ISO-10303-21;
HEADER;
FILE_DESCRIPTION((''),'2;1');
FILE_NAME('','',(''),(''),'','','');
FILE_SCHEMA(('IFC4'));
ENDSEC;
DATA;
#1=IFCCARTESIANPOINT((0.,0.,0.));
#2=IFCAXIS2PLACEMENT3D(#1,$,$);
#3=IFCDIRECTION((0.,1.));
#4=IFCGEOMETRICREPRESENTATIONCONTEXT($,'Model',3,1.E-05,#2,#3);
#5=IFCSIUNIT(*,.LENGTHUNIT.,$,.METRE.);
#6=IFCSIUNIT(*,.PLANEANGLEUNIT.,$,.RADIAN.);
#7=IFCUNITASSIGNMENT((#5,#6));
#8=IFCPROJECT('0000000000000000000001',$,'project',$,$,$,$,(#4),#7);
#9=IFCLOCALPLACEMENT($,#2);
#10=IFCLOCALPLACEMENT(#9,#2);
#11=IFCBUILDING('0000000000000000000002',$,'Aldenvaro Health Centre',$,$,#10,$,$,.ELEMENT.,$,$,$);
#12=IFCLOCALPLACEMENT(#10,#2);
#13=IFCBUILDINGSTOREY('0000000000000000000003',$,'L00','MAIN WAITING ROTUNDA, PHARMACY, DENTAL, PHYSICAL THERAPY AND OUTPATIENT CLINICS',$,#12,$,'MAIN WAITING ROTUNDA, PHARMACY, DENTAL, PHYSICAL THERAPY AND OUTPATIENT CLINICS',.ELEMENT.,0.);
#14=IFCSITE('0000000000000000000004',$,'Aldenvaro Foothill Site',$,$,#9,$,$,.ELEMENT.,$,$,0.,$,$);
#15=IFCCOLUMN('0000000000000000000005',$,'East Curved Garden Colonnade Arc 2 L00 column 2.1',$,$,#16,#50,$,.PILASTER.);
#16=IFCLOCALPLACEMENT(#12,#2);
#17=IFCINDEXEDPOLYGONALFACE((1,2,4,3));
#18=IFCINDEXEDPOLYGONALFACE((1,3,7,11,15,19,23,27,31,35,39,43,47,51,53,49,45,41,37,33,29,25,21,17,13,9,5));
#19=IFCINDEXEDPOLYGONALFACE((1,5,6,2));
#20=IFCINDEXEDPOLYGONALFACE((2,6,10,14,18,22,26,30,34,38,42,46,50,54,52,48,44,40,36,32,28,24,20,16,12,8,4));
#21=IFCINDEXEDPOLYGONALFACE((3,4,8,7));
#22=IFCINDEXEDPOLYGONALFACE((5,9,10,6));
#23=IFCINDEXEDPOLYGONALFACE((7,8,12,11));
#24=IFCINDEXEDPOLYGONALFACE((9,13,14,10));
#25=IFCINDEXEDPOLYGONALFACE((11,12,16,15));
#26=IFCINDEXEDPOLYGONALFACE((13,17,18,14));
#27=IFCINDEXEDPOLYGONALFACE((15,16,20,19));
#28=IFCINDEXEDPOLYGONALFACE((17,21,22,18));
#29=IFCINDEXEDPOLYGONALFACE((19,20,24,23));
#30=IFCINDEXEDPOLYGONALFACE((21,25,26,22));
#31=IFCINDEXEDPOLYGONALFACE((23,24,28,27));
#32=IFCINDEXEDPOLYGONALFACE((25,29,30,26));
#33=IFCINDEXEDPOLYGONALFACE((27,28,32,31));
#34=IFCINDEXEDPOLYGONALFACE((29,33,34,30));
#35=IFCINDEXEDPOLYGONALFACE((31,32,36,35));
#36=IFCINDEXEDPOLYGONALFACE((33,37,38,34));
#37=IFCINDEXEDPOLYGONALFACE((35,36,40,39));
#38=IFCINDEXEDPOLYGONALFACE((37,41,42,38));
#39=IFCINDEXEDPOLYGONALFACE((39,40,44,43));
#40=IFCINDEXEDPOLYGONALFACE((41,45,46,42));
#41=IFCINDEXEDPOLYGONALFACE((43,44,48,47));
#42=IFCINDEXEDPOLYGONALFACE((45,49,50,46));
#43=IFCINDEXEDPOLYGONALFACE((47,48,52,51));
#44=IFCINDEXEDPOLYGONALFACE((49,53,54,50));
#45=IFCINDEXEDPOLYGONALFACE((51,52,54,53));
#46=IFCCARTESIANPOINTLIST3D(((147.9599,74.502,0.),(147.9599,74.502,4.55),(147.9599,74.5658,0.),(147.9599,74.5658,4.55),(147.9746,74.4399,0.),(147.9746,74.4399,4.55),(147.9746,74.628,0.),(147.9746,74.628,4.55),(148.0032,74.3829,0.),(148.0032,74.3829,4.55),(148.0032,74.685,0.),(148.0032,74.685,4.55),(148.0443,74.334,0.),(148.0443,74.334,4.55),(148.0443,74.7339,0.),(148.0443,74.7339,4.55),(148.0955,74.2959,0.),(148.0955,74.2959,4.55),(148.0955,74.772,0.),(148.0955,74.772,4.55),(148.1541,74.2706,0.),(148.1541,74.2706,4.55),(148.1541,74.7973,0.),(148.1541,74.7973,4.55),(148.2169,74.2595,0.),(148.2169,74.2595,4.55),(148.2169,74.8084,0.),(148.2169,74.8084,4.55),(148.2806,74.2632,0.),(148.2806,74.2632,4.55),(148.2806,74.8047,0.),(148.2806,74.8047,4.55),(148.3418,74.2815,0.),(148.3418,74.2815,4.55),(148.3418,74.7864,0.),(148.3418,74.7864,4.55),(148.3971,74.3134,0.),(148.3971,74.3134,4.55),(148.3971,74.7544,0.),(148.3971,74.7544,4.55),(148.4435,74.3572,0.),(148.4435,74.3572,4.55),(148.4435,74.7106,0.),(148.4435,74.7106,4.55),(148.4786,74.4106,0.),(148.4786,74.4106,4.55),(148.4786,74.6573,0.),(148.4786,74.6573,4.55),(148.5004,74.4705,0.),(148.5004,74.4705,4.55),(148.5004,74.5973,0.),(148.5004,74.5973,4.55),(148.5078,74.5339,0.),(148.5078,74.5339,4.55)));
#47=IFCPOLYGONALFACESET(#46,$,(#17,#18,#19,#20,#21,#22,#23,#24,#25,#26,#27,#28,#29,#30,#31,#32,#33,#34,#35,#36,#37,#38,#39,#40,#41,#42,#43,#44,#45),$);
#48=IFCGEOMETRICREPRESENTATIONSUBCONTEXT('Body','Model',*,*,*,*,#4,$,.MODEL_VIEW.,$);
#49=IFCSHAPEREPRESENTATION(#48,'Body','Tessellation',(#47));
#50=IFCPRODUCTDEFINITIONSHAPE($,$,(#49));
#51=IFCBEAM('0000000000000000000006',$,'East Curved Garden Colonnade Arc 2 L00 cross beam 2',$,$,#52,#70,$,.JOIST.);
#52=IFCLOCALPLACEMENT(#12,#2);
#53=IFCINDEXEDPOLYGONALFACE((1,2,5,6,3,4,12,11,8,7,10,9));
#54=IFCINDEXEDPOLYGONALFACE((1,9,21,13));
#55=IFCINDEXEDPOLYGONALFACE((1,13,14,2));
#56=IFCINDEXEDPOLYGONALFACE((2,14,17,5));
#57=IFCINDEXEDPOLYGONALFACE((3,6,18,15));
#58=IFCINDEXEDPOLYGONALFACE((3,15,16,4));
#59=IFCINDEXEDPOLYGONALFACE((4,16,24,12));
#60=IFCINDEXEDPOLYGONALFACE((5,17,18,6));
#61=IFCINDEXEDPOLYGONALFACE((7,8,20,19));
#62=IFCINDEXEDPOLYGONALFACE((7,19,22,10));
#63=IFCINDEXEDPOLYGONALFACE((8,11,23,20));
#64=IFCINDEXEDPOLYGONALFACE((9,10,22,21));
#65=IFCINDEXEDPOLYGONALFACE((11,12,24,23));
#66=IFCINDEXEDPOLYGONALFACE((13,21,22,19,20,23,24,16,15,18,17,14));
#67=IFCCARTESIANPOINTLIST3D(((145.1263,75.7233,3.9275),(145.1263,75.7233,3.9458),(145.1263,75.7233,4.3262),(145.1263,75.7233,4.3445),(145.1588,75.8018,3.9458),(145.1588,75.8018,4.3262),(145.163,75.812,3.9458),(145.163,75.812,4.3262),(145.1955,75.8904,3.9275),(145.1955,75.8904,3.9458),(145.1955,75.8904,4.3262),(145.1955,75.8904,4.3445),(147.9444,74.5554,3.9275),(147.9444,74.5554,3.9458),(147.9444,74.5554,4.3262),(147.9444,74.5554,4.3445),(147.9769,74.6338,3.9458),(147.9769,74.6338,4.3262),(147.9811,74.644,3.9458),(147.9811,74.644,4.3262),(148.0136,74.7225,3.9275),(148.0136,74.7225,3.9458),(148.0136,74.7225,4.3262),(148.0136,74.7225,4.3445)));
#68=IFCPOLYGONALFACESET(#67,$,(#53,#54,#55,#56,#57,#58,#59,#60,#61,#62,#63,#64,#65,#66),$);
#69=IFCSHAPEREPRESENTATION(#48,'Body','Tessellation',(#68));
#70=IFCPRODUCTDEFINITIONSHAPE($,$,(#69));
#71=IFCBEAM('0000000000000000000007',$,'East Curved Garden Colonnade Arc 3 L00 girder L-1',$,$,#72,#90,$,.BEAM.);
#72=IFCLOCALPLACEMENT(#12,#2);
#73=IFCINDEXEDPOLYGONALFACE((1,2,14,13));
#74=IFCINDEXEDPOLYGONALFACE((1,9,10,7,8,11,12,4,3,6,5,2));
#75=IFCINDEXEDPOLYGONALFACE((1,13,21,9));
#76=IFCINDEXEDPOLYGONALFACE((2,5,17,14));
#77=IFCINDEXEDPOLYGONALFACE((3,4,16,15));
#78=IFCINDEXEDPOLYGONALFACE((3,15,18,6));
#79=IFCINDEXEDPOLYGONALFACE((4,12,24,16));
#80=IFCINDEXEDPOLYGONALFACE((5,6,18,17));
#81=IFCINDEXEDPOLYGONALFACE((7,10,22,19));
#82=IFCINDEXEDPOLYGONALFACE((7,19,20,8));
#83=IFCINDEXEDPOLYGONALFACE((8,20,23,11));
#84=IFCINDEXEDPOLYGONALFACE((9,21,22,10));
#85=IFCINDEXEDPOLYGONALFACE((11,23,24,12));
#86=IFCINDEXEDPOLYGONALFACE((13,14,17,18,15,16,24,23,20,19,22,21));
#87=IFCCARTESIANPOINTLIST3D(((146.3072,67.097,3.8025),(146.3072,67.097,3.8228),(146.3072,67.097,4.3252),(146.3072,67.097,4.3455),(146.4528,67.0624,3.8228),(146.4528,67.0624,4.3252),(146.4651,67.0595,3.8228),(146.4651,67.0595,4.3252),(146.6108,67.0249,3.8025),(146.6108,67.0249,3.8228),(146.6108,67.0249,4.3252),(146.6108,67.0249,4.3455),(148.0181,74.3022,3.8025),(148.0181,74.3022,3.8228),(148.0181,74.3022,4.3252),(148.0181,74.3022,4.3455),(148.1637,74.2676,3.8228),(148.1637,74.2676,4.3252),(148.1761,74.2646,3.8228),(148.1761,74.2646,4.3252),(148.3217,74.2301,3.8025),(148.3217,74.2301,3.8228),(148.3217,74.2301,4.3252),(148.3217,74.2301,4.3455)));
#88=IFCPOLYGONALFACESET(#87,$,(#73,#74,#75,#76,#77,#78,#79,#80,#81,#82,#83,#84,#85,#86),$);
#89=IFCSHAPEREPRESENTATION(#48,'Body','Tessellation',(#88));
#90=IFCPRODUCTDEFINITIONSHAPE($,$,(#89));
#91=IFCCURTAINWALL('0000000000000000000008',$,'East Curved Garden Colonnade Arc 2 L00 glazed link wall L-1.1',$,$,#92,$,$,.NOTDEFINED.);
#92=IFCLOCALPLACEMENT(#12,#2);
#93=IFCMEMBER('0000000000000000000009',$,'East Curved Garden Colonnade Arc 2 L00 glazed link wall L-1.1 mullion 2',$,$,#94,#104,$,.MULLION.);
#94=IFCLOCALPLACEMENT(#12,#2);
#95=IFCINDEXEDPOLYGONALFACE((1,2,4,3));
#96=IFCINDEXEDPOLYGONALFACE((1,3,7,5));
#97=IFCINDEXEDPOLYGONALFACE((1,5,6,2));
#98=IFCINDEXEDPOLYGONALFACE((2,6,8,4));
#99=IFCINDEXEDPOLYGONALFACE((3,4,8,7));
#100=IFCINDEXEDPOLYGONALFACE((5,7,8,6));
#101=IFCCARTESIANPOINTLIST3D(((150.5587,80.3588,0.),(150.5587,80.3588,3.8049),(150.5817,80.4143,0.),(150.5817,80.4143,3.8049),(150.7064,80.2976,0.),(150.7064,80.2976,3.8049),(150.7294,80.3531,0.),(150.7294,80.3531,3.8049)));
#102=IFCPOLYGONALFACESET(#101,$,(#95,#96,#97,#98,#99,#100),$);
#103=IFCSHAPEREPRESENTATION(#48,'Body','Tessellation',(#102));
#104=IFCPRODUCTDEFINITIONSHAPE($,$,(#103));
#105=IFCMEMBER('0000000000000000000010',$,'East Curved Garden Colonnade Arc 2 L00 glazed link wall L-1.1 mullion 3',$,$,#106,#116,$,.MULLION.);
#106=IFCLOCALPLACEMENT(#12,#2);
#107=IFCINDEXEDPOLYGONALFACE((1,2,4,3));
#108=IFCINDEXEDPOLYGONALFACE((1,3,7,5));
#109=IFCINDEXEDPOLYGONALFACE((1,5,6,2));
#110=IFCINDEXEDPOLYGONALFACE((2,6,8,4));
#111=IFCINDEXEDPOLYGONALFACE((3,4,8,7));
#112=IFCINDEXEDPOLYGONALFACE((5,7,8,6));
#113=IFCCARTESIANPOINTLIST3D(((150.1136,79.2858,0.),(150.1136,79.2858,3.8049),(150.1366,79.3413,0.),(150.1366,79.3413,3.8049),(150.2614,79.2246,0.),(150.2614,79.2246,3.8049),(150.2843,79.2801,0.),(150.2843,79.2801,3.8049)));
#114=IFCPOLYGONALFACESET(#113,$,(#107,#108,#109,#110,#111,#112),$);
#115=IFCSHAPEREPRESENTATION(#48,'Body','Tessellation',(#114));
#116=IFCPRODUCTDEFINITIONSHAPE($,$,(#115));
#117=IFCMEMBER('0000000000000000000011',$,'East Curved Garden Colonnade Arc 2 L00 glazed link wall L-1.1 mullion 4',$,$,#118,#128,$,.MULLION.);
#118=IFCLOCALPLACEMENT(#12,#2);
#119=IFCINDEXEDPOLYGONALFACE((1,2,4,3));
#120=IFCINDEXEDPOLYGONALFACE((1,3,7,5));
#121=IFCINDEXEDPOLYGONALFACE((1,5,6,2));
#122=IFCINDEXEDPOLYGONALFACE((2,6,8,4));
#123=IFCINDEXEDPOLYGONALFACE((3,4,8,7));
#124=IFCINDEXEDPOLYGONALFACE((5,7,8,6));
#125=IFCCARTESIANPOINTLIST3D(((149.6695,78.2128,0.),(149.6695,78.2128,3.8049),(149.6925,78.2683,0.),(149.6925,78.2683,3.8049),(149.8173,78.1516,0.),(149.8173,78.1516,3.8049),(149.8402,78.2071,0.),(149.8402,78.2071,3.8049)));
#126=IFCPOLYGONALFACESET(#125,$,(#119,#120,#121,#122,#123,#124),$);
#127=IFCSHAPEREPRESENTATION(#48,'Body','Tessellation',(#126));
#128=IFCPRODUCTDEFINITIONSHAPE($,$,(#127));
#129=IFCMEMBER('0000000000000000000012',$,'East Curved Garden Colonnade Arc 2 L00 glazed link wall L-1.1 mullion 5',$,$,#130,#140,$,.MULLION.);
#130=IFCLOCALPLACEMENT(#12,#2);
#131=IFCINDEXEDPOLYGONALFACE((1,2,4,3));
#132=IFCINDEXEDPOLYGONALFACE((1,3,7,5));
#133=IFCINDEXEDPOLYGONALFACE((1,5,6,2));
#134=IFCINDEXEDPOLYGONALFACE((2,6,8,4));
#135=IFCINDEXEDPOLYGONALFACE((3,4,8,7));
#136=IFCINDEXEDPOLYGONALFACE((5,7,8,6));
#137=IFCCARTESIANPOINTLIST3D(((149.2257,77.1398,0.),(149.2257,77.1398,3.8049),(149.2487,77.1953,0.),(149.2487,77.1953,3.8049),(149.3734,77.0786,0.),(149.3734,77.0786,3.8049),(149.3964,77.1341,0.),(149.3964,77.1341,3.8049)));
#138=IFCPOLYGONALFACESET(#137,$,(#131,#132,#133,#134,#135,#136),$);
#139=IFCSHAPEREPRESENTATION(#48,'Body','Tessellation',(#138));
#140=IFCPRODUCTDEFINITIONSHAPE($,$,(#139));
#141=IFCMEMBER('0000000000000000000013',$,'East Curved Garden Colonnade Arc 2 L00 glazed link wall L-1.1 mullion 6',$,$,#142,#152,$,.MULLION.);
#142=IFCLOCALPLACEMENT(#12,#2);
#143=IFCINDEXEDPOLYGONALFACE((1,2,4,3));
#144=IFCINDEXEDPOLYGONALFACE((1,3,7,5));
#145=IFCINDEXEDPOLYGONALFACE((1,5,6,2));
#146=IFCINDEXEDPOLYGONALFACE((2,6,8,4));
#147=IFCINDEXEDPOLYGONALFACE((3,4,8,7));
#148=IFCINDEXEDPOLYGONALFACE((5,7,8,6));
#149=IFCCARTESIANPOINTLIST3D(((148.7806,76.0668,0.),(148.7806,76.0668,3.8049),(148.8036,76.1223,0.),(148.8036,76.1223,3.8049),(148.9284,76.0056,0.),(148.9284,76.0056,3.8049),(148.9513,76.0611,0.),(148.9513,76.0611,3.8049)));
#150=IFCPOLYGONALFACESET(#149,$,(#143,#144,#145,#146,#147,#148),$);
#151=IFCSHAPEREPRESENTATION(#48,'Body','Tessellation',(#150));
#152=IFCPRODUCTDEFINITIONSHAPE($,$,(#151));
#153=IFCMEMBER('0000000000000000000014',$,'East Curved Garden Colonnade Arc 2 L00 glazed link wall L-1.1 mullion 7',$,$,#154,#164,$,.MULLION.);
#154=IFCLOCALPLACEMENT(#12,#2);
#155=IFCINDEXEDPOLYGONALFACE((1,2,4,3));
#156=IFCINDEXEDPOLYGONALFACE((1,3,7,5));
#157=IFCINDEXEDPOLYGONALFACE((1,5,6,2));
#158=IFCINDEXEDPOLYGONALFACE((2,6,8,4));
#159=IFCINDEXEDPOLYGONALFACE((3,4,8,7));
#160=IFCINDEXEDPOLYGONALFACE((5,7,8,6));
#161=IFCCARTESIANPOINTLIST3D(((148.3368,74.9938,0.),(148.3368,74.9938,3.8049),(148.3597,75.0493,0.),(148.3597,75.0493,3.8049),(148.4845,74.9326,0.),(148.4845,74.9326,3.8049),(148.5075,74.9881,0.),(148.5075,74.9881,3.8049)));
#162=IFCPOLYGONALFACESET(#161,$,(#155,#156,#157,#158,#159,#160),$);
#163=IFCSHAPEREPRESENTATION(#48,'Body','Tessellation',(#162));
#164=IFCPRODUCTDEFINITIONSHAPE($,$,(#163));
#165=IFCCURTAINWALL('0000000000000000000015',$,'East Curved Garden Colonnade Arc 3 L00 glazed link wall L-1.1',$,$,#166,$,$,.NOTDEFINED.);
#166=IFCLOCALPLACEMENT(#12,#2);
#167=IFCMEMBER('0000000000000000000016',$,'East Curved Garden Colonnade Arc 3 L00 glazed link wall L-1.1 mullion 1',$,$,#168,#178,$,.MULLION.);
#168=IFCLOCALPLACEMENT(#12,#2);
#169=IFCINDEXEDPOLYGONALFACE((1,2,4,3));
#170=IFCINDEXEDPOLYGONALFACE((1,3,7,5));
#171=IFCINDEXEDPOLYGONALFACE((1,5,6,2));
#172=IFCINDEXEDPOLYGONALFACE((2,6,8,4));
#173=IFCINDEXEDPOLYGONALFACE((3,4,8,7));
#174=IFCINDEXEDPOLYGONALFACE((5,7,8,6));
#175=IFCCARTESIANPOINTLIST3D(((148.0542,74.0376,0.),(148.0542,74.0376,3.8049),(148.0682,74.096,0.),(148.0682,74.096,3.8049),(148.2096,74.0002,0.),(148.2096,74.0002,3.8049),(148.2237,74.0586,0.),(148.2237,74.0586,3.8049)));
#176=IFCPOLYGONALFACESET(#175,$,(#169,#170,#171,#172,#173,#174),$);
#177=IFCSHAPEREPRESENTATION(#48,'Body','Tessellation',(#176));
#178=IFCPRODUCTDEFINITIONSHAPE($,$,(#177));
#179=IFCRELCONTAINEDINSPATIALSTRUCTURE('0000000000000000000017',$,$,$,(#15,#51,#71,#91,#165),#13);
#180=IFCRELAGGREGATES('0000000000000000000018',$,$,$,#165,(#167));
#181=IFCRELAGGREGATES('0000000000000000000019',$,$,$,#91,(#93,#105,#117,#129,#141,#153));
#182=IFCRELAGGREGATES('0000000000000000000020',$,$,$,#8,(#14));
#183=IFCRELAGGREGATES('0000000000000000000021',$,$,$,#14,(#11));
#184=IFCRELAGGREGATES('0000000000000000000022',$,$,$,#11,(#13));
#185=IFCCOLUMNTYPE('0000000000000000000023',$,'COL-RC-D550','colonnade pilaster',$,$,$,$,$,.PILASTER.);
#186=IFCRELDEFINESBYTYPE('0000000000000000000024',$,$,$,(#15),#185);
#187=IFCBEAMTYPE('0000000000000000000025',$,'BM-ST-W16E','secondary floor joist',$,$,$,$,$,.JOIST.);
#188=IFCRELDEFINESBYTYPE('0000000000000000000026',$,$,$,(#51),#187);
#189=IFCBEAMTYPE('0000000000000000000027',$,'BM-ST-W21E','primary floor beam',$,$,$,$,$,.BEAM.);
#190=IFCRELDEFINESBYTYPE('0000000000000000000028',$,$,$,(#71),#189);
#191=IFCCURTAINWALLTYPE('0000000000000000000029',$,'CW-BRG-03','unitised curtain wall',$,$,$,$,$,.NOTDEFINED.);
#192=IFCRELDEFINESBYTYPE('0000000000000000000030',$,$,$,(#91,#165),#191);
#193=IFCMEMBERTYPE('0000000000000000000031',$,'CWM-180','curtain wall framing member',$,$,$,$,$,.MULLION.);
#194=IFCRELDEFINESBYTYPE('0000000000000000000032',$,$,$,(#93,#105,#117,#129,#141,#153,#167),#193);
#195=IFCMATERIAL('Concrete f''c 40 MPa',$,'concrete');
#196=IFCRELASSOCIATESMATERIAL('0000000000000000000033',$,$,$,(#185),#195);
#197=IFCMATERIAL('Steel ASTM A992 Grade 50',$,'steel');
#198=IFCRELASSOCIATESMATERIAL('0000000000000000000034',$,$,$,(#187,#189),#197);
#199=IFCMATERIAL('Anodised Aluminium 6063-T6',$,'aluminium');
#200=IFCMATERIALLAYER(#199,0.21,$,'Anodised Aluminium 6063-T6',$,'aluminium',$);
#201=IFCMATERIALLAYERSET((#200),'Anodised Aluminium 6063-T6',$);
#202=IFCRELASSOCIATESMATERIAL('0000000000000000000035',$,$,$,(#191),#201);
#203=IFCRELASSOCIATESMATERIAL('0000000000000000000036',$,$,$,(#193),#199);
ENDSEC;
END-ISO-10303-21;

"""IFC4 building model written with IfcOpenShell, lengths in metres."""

from ifc_helpers import new_model, si_unit, direction, frame, origin, origin_2d, place, context, subcontext, project, spatial, rectangle, circle, i_section, extrude, material, layer, layer_set, material_profile, profile_set, type_object, element, aggregate, save


model = new_model("IFC4")

# Units and contexts
model_context = context("Model", 3, precision=1e-05, world=origin(), true_north=direction((0.0, 1.0)))
body_context = subcontext(model_context, "Body", "Model", "MODEL_VIEW")
ifc_project = project(units=[si_unit("LENGTHUNIT", "METRE"), si_unit("PLANEANGLEUNIT", "RADIAN")], contexts=[model_context])

# Site, building, storey
site_placement = place(None, origin())
site = spatial("IfcSite", under=ifc_project, at=site_placement, Name="Aldenvaro Foothill Site", CompositionType="ELEMENT", RefElevation=0.0)
building_placement = place(site_placement, origin())
building = spatial("IfcBuilding", under=site, at=building_placement, Name="Aldenvaro Health Centre", CompositionType="ELEMENT")
storey_placement = place(building_placement, origin())
storey = spatial("IfcBuildingStorey", under=building, at=storey_placement, Name="L00", Description="MAIN WAITING ROTUNDA, PHARMACY, DENTAL, PHYSICAL THERAPY AND OUTPATIENT CLINICS", LongName="MAIN WAITING ROTUNDA, PHARMACY, DENTAL, PHYSICAL THERAPY AND OUTPATIENT CLINICS", CompositionType="ELEMENT", Elevation=0.0)

# Column
ifc_material_1 = material(Name="Concrete f'c 40 MPa", Category="concrete")
ifc_material_profile_1 = material_profile(ifc_material_1, circle(Radius=0.2749, at=origin_2d()), Name="RC D550", Category="concrete")
ifc_profile_set_1 = profile_set([ifc_material_profile_1], Name="Concrete f'c 40 MPa")
column_type = type_object("IfcColumnType", Name="COL-RC-D550", Description="colonnade pilaster", PredefinedType="PILASTER", material=ifc_profile_set_1)
column_placement = place(storey_placement, frame((148.2329, 74.5339, 0.0), z_axis=(0.0, 0.0, 1.0), x_axis=(1.0, 0.0, 0.0)))
element("IfcColumn", 1, at=column_placement, inside=storey, type_object=column_type, Name="East Curved Garden Colonnade Arc 2 L00 column 2.1", PredefinedType="PILASTER", context=body_context, shape_type="SweptSolid", body=[
    extrude(circle(Radius=0.2749, at=origin_2d()), origin(), (0.0, 0.0, 1.0), 4.55),
])

# Beams
ifc_material_2 = material(Name="Steel ASTM A992 Grade 50", Category="steel")
ifc_material_profile_2 = material_profile(ifc_material_2, i_section(OverallWidth=0.1809, OverallDepth=0.417, WebThickness=0.011, FlangeThickness=0.0183, at=origin_2d()), Name="W16X57", Category="steel")
ifc_profile_set_2 = profile_set([ifc_material_profile_2], Name="Steel ASTM A992 Grade 50")
beam_type_1 = type_object("IfcBeamType", Name="BM-ST-W16E", Description="secondary floor joist", PredefinedType="JOIST", material=ifc_profile_set_2)
beam_1_placement = place(storey_placement, frame((147.979, 74.6389, 4.136), z_axis=(-0.923802, 0.38287, 0.0), x_axis=(-0.38287, -0.923802, 0.0)))
element("IfcBeam", 2, at=beam_1_placement, inside=storey, type_object=beam_type_1, Name="East Curved Garden Colonnade Arc 2 L00 cross beam 2", PredefinedType="JOIST", context=body_context, shape_type="SweptSolid", body=[
    extrude(i_section(OverallWidth=0.1809, OverallDepth=0.417, WebThickness=0.011, FlangeThickness=0.0183, at=origin_2d()), origin(), (0.0, 0.0, 1.0), 3.0505),
])
ifc_material_profile_3 = material_profile(ifc_material_2, i_section(OverallWidth=0.312, OverallDepth=0.543, WebThickness=0.0127, FlangeThickness=0.0203, at=origin_2d()), Name="W21X101", Category="steel")
ifc_profile_set_3 = profile_set([ifc_material_profile_3], Name="Steel ASTM A992 Grade 50")
beam_type_2 = type_object("IfcBeamType", Name="BM-ST-W21E", Description="primary floor beam", PredefinedType="BEAM", material=ifc_profile_set_3)
beam_2_placement = place(storey_placement, frame((148.1699, 74.2661, 4.074), z_axis=(-0.231038, -0.972945, 0.0), x_axis=(0.972945, -0.231038, 0.0)))
element("IfcBeam", 3, at=beam_2_placement, inside=storey, type_object=beam_type_2, Name="East Curved Garden Colonnade Arc 3 L00 girder L-1", PredefinedType="BEAM", context=body_context, shape_type="SweptSolid", body=[
    extrude(i_section(OverallWidth=0.312, OverallDepth=0.543, WebThickness=0.0127, FlangeThickness=0.0203, at=origin_2d()), origin(), (0.0, 0.0, 1.0), 7.4055),
])

# Curtain walls, members
ifc_material_3 = material(Name="Anodised Aluminium 6063-T6", Category="aluminium")
ifc_layer_1 = layer(ifc_material_3, 0.21, Name="Anodised Aluminium 6063-T6", Category="aluminium")
ifc_layer_set_1 = layer_set([ifc_layer_1], Name="Anodised Aluminium 6063-T6")
curtain_wall_type = type_object("IfcCurtainWallType", Name="CW-BRG-03", Description="unitised curtain wall", PredefinedType="NOTDEFINED", material=ifc_layer_set_1)
curtain_wall_1_placement = place(storey_placement, origin())
curtain_wall_1 = element("IfcCurtainWall", 4, at=curtain_wall_1_placement, inside=storey, type_object=curtain_wall_type, Name="East Curved Garden Colonnade Arc 2 L00 glazed link wall L-1.1", PredefinedType="NOTDEFINED")
ifc_material_profile_4 = material_profile(ifc_material_3, rectangle(XDim=0.0601, YDim=0.1599, at=origin_2d()), Name="ALU 60x160", Category="aluminium")
ifc_profile_set_4 = profile_set([ifc_material_profile_4], Name="Anodised Aluminium 6063-T6")
member_type_1 = type_object("IfcMemberType", Name="CWM-180", Description="curtain wall framing member", PredefinedType="MULLION", material=ifc_profile_set_4)
member_1_placement = place(storey_placement, frame((150.644, 80.356, 0.0), z_axis=(0.0, 0.0, 1.0), x_axis=(-0.382597, -0.923915, 0.0)))
member_1 = element("IfcMember", 5, at=member_1_placement, type_object=member_type_1, Name="East Curved Garden Colonnade Arc 2 L00 glazed link wall L-1.1 mullion 2", PredefinedType="MULLION", context=body_context, shape_type="SweptSolid", body=[
    extrude(rectangle(XDim=0.0601, YDim=0.1599, at=origin_2d()), origin(), (0.0, 0.0, 1.0), 3.8049),
])
member_2_placement = place(storey_placement, frame((150.199, 79.283, 0.0), z_axis=(0.0, 0.0, 1.0), x_axis=(-0.382597, -0.923915, 0.0)))
member_2 = element("IfcMember", 6, at=member_2_placement, type_object=member_type_1, Name="East Curved Garden Colonnade Arc 2 L00 glazed link wall L-1.1 mullion 3", PredefinedType="MULLION", context=body_context, shape_type="SweptSolid", body=[
    extrude(rectangle(XDim=0.0601, YDim=0.1599, at=origin_2d()), origin(), (0.0, 0.0, 1.0), 3.8049),
])
member_3_placement = place(storey_placement, frame((149.7549, 78.21, 0.0), z_axis=(0.0, 0.0, 1.0), x_axis=(-0.382597, -0.923915, 0.0)))
member_3 = element("IfcMember", 7, at=member_3_placement, type_object=member_type_1, Name="East Curved Garden Colonnade Arc 2 L00 glazed link wall L-1.1 mullion 4", PredefinedType="MULLION", context=body_context, shape_type="SweptSolid", body=[
    extrude(rectangle(XDim=0.0601, YDim=0.1599, at=origin_2d()), origin(), (0.0, 0.0, 1.0), 3.8049),
])
member_4_placement = place(storey_placement, frame((149.311, 77.137, 0.0), z_axis=(0.0, 0.0, 1.0), x_axis=(-0.382597, -0.923915, 0.0)))
member_4 = element("IfcMember", 8, at=member_4_placement, type_object=member_type_1, Name="East Curved Garden Colonnade Arc 2 L00 glazed link wall L-1.1 mullion 5", PredefinedType="MULLION", context=body_context, shape_type="SweptSolid", body=[
    extrude(rectangle(XDim=0.0601, YDim=0.1599, at=origin_2d()), origin(), (0.0, 0.0, 1.0), 3.8049),
])
member_5_placement = place(storey_placement, frame((148.866, 76.064, 0.0), z_axis=(0.0, 0.0, 1.0), x_axis=(-0.382597, -0.923915, 0.0)))
member_5 = element("IfcMember", 9, at=member_5_placement, type_object=member_type_1, Name="East Curved Garden Colonnade Arc 2 L00 glazed link wall L-1.1 mullion 6", PredefinedType="MULLION", context=body_context, shape_type="SweptSolid", body=[
    extrude(rectangle(XDim=0.0601, YDim=0.1599, at=origin_2d()), origin(), (0.0, 0.0, 1.0), 3.8049),
])
member_6_placement = place(storey_placement, frame((148.4221, 74.991, 0.0), z_axis=(0.0, 0.0, 1.0), x_axis=(-0.382597, -0.923915, 0.0)))
member_6 = element("IfcMember", 10, at=member_6_placement, type_object=member_type_1, Name="East Curved Garden Colonnade Arc 2 L00 glazed link wall L-1.1 mullion 7", PredefinedType="MULLION", context=body_context, shape_type="SweptSolid", body=[
    extrude(rectangle(XDim=0.0601, YDim=0.1599, at=origin_2d()), origin(), (0.0, 0.0, 1.0), 3.8049),
])
curtain_wall_2_placement = place(storey_placement, origin())
curtain_wall_2 = element("IfcCurtainWall", 11, at=curtain_wall_2_placement, inside=storey, type_object=curtain_wall_type, Name="East Curved Garden Colonnade Arc 3 L00 glazed link wall L-1.1", PredefinedType="NOTDEFINED")
member_7_placement = place(storey_placement, frame((148.1389, 74.0481, 0.0), z_axis=(0.0, 0.0, 1.0), x_axis=(-0.233541, -0.972347, 0.0)))
member_7 = element("IfcMember", 12, at=member_7_placement, type_object=member_type_1, Name="East Curved Garden Colonnade Arc 3 L00 glazed link wall L-1.1 mullion 1", PredefinedType="MULLION", context=body_context, shape_type="SweptSolid", body=[
    extrude(rectangle(XDim=0.0601, YDim=0.1599, at=origin_2d()), origin(), (0.0, 0.0, 1.0), 3.8049),
])

aggregate(curtain_wall_2, [member_7])
aggregate(curtain_wall_1, [member_1, member_2, member_3, member_4, member_5, member_6])

save(model, "model.ifc")
